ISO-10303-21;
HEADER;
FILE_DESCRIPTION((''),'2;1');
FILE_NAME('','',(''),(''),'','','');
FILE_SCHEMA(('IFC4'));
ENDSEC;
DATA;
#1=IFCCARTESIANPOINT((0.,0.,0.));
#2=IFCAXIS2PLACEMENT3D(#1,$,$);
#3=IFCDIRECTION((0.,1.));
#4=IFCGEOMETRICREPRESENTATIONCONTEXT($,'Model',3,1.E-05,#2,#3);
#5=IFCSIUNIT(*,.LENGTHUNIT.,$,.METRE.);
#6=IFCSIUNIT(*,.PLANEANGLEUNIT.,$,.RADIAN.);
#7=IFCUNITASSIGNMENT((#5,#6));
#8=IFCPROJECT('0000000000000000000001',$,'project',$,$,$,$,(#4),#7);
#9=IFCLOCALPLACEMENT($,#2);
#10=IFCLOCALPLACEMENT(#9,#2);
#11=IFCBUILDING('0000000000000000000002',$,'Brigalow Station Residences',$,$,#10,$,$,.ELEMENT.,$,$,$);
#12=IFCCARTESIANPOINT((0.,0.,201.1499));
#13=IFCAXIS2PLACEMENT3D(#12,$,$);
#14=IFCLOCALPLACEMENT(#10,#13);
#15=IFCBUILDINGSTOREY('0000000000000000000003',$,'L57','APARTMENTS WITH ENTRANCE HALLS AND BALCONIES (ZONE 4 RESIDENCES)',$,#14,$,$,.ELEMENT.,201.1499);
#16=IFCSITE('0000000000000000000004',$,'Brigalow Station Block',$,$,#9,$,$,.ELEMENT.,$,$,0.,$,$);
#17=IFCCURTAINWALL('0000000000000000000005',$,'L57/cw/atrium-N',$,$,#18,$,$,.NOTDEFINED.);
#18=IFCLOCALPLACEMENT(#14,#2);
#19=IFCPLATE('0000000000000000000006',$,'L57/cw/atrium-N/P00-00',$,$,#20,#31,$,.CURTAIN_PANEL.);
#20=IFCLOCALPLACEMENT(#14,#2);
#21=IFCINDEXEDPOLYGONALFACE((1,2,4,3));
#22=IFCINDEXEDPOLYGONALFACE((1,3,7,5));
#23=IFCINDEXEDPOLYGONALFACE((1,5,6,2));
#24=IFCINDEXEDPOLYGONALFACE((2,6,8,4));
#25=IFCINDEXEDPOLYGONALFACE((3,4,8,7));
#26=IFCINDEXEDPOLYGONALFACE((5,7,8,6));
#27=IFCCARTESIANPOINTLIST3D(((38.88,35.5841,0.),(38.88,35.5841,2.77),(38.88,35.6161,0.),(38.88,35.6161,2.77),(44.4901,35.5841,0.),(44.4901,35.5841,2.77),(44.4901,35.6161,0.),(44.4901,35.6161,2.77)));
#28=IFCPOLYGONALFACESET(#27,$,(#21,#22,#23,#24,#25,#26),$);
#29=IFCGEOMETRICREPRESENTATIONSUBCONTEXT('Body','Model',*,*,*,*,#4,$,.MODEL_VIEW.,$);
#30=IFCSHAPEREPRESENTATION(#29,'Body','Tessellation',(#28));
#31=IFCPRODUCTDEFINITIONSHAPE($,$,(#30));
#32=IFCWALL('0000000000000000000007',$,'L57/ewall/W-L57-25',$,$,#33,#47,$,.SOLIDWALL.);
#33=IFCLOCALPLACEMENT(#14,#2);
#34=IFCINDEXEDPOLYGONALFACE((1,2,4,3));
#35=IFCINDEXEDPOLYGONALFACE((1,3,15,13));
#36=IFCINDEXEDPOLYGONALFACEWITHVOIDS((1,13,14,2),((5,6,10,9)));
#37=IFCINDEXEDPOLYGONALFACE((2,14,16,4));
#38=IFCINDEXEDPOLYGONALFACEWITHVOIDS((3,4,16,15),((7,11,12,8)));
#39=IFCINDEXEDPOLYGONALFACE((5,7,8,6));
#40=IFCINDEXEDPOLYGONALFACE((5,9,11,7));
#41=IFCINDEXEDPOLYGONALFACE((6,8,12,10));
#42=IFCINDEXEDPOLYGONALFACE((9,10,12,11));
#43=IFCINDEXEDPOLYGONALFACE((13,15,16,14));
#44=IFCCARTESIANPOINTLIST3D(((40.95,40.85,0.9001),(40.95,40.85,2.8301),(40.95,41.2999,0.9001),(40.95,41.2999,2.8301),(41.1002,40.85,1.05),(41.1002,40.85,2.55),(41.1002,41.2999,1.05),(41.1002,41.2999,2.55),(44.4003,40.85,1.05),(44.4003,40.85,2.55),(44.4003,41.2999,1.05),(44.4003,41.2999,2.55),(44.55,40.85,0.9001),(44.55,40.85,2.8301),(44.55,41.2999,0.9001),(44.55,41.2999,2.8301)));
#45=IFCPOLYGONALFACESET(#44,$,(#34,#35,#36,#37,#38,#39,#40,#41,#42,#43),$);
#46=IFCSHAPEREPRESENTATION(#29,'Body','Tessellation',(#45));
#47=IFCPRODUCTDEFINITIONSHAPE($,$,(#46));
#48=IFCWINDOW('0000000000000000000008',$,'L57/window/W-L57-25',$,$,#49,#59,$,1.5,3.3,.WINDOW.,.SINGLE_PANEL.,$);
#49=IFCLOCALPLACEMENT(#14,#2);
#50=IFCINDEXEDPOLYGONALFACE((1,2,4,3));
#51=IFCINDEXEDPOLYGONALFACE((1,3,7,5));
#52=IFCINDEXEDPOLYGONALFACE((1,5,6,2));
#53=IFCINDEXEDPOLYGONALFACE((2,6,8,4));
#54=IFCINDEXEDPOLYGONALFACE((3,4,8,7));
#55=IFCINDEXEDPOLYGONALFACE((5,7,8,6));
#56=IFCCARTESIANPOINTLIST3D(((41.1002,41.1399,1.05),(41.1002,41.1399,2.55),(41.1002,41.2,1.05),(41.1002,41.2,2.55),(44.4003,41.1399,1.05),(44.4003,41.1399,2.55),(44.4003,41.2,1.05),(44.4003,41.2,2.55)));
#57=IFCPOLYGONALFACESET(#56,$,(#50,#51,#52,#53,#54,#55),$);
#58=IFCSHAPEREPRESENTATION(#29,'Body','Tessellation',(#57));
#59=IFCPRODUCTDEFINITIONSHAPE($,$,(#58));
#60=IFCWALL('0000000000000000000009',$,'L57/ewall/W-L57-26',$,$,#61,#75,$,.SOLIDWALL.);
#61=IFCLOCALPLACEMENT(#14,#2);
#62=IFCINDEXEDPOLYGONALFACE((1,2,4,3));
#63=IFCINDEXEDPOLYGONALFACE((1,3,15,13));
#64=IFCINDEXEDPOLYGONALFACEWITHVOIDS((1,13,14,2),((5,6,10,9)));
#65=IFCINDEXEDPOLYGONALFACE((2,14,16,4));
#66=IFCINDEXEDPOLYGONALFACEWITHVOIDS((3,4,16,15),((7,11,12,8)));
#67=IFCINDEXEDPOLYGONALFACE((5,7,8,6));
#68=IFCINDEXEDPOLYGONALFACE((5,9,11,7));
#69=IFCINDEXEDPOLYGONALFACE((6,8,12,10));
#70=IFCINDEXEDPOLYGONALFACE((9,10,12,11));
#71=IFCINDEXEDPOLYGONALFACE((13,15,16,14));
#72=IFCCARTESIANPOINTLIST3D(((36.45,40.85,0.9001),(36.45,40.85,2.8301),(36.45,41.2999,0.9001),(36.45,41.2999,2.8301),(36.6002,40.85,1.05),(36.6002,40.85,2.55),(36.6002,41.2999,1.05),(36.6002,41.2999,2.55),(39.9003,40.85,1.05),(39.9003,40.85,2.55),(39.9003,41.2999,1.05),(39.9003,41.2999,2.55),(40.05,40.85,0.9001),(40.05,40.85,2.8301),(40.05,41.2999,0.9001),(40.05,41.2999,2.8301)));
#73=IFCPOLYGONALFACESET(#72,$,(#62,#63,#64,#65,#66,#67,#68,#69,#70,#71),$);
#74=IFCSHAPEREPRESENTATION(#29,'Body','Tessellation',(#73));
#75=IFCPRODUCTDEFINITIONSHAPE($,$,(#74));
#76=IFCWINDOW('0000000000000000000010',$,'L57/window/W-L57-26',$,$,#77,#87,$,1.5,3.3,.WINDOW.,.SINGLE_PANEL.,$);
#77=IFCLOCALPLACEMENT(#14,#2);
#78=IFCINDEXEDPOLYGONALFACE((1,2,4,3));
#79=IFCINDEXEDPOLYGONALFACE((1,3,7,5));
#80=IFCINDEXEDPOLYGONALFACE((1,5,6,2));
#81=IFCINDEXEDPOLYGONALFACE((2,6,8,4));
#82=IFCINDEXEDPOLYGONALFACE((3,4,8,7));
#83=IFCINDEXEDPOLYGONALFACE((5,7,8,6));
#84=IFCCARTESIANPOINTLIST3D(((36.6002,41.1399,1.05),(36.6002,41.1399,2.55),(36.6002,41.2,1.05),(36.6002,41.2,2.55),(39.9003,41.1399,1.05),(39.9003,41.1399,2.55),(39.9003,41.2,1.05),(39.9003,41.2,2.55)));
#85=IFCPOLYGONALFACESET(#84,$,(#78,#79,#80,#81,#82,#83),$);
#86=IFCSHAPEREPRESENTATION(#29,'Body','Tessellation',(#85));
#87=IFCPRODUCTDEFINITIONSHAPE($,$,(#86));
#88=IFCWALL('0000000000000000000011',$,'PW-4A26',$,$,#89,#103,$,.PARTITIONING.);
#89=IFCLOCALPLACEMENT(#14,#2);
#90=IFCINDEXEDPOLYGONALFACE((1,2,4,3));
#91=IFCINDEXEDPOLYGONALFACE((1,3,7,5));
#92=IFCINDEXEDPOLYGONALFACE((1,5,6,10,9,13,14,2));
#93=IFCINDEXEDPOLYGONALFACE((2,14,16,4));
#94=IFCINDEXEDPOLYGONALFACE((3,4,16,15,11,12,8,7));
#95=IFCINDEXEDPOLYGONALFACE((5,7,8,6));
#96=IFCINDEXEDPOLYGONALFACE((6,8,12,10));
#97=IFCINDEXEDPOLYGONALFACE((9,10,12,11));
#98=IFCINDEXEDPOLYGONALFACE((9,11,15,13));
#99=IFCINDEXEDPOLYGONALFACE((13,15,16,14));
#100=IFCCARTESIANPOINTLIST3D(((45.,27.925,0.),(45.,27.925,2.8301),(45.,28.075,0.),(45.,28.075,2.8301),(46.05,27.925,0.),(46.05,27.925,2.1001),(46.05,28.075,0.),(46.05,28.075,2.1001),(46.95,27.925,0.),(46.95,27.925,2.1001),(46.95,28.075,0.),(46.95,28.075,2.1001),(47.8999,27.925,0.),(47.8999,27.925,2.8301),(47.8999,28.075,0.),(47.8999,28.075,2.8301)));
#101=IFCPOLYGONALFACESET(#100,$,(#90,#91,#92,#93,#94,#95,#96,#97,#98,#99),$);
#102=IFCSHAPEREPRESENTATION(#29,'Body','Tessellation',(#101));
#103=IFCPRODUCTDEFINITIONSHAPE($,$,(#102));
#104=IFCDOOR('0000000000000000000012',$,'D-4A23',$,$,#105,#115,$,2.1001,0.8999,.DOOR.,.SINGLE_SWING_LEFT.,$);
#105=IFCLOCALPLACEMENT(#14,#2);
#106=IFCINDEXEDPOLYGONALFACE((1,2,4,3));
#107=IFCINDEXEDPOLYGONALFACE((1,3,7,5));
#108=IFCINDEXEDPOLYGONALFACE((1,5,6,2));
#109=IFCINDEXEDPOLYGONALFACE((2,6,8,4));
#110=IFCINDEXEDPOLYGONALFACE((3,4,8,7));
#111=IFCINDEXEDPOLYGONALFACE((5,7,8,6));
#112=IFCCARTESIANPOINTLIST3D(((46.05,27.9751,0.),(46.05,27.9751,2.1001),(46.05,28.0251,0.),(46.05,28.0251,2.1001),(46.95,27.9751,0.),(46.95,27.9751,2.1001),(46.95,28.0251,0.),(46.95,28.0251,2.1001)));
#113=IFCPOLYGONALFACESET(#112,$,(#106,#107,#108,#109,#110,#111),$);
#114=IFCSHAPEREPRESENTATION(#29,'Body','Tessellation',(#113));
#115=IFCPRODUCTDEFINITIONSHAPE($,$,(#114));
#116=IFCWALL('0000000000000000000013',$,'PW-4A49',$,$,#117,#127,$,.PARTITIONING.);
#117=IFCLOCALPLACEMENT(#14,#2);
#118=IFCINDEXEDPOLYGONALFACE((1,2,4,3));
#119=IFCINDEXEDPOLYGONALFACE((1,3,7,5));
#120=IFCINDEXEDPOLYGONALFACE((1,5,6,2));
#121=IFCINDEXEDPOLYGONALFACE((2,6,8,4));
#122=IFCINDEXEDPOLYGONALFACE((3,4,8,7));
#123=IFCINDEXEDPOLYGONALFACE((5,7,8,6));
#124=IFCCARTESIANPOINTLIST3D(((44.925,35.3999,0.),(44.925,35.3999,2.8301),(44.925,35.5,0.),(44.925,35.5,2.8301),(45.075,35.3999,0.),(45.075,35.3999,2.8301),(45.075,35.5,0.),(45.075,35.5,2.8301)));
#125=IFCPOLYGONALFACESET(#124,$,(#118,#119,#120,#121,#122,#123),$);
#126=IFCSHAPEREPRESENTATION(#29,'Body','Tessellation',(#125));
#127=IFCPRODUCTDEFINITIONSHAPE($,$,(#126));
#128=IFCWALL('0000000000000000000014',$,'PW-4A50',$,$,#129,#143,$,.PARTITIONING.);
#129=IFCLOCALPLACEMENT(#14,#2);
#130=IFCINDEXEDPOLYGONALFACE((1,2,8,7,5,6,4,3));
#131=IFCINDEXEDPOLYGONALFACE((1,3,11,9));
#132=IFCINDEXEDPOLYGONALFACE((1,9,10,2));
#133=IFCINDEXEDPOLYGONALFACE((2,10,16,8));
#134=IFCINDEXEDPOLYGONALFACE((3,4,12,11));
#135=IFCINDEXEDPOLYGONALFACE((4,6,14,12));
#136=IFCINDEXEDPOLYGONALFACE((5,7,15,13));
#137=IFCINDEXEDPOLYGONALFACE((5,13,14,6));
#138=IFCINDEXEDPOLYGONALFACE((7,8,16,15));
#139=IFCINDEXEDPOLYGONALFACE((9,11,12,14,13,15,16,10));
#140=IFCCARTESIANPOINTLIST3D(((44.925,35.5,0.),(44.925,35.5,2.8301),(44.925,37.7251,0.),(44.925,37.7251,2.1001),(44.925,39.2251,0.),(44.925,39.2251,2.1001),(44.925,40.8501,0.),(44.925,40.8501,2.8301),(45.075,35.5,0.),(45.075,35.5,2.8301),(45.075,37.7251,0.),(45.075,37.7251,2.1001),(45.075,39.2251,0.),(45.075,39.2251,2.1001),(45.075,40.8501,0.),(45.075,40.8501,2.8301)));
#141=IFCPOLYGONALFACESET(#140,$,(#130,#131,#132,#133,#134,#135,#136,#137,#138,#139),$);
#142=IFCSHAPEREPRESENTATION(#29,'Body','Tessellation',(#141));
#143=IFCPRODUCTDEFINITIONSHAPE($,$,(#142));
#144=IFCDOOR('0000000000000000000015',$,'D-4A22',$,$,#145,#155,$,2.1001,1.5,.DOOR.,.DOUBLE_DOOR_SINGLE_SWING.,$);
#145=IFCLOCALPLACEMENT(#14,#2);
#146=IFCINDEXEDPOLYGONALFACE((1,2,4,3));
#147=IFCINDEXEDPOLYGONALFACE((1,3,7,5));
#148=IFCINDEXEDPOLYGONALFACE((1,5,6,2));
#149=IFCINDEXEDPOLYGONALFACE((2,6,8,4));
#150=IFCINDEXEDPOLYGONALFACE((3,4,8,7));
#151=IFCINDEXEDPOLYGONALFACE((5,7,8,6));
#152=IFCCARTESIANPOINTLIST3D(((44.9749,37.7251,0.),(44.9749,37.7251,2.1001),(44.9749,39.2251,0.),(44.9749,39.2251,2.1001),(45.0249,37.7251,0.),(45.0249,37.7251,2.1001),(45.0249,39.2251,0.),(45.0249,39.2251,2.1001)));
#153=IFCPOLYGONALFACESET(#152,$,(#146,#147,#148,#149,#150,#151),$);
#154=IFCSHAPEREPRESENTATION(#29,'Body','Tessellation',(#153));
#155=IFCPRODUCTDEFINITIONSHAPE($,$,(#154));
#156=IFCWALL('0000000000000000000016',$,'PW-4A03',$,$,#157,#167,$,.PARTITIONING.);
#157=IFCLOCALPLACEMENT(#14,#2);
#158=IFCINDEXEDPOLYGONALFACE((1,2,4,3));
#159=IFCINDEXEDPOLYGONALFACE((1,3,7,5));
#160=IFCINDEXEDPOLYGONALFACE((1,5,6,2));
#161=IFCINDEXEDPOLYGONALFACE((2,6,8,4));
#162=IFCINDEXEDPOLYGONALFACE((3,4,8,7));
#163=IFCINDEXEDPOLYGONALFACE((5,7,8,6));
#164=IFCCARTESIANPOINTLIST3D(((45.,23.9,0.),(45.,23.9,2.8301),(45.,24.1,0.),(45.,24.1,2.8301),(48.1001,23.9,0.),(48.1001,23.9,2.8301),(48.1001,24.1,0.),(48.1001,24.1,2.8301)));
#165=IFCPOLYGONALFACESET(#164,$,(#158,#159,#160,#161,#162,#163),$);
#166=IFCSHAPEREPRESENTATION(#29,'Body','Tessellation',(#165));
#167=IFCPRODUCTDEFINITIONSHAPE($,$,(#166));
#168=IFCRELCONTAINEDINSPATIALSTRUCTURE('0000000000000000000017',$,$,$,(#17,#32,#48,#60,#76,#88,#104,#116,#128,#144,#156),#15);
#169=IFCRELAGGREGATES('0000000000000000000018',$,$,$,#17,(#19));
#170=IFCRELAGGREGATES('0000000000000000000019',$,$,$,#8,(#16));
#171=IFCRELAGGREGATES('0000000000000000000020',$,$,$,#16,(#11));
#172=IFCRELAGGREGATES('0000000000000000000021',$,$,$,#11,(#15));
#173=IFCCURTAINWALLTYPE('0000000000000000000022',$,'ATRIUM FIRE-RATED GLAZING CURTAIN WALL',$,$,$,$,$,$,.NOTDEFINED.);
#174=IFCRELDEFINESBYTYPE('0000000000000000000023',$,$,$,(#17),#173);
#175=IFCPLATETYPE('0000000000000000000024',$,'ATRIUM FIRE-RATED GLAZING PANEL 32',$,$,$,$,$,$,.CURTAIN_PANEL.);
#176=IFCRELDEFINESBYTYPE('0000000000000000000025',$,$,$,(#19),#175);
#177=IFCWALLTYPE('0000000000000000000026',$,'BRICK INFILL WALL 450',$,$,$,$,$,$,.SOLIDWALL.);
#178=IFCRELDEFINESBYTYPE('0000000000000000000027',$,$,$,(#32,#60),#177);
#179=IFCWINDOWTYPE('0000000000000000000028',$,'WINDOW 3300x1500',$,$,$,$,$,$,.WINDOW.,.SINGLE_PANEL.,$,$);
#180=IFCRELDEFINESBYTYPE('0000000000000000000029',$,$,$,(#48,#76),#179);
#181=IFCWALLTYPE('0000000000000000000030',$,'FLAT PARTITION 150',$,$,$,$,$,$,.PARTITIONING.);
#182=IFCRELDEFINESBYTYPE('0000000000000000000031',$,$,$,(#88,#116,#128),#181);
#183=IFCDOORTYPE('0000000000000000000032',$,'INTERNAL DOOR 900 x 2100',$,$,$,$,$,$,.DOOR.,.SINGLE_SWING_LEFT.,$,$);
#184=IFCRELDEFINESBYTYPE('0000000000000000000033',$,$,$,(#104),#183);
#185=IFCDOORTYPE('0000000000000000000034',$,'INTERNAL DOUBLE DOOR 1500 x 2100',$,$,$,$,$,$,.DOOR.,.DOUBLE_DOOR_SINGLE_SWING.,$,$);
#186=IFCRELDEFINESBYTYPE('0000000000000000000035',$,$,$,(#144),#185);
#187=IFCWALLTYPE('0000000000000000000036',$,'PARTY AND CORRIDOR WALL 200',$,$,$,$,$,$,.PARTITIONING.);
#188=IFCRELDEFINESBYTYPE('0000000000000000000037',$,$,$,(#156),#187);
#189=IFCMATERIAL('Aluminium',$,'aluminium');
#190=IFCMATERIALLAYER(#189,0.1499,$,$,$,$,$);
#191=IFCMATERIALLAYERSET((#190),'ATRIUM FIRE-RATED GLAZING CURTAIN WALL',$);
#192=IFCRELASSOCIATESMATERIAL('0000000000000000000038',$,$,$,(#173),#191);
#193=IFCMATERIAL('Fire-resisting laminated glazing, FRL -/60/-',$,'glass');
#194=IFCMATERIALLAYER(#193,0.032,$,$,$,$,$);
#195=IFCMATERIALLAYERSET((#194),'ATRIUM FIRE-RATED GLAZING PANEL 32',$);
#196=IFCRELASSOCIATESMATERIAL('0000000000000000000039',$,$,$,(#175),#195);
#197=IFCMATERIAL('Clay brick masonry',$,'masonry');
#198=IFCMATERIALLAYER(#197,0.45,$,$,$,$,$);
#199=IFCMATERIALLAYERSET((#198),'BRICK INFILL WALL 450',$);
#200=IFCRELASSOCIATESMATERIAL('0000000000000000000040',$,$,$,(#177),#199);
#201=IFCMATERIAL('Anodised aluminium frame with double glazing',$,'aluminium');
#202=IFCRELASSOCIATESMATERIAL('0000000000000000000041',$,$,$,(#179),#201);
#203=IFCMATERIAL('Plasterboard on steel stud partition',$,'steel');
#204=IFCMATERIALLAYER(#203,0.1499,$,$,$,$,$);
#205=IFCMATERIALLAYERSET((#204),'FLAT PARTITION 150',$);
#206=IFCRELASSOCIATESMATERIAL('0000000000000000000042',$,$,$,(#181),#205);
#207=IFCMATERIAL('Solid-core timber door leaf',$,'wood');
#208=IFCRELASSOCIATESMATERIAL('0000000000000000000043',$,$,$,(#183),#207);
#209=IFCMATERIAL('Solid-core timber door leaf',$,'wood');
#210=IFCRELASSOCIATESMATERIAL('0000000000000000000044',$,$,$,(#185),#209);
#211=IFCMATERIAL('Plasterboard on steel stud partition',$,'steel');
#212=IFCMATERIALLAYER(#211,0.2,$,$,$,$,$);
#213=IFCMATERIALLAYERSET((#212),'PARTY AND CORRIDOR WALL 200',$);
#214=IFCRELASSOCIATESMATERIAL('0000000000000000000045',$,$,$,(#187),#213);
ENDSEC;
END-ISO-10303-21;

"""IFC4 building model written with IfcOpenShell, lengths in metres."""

from ifc_helpers import new_model, si_unit, direction, frame, frame_2d, origin, origin_2d, place, context, subcontext, project, spatial, rectangle, extrude, material, layer, layer_set, type_object, element, fill, aggregate, save


model = new_model("IFC4")

# Units and contexts
model_context = context("Model", 3, precision=1e-05, world=origin(), true_north=direction((0.0, 1.0)))
body_context = subcontext(model_context, "Body", "Model", "MODEL_VIEW")
ifc_project = project(units=[si_unit("LENGTHUNIT", "METRE"), si_unit("PLANEANGLEUNIT", "RADIAN")], contexts=[model_context])

# Site, building, storey
site_placement = place(None, origin())
site = spatial("IfcSite", under=ifc_project, at=site_placement, Name="Brigalow Station Block", CompositionType="ELEMENT", RefElevation=0.0)
building_placement = place(site_placement, origin())
building = spatial("IfcBuilding", under=site, at=building_placement, Name="Brigalow Station Residences", CompositionType="ELEMENT")
storey_placement = place(building_placement, frame((0.0, 0.0, 201.1499)))
storey = spatial("IfcBuildingStorey", under=building, at=storey_placement, Name="L57", Description="APARTMENTS WITH ENTRANCE HALLS AND BALCONIES (ZONE 4 RESIDENCES)", CompositionType="ELEMENT", Elevation=201.1499)

# Curtain wall
ifc_material_1 = material(Name="Aluminium", Category="aluminium")
ifc_layer_1 = layer(ifc_material_1, 0.1499)
ifc_layer_set_1 = layer_set([ifc_layer_1], Name="ATRIUM FIRE-RATED GLAZING CURTAIN WALL")
curtain_wall_type = type_object("IfcCurtainWallType", Name="ATRIUM FIRE-RATED GLAZING CURTAIN WALL", PredefinedType="NOTDEFINED", material=ifc_layer_set_1)
curtain_wall_1_placement = place(storey_placement, origin())
curtain_wall_1 = element("IfcCurtainWall", 1, at=curtain_wall_1_placement, inside=storey, type_object=curtain_wall_type, Name="L57/cw/atrium-N", PredefinedType="NOTDEFINED")

# Plate
ifc_material_2 = material(Name="Fire-resisting laminated glazing, FRL -/60/-", Category="glass")
ifc_layer_2 = layer(ifc_material_2, 0.032)
ifc_layer_set_2 = layer_set([ifc_layer_2], Name="ATRIUM FIRE-RATED GLAZING PANEL 32")
plate_type = type_object("IfcPlateType", Name="ATRIUM FIRE-RATED GLAZING PANEL 32", PredefinedType="CURTAIN_PANEL", material=ifc_layer_set_2)
plate_1_placement = place(storey_placement, frame((41.6851, 35.6001, 0.0), z_axis=(0.0, 0.0, 1.0), x_axis=(-1.0, 0.0, 0.0)))
plate_1 = element("IfcPlate", 2, at=plate_1_placement, type_object=plate_type, Name="L57/cw/atrium-N/P00-00", PredefinedType="CURTAIN_PANEL", context=body_context, shape_type="SweptSolid", body=[
    extrude(rectangle(XDim=5.6101, YDim=0.032, at=origin_2d()), origin(), (0.0, 0.0, 1.0), 2.77),
])
aggregate(curtain_wall_1, [plate_1])

# Walls, openings, windows
ifc_material_3 = material(Name="Clay brick masonry", Category="masonry")
ifc_layer_3 = layer(ifc_material_3, 0.45)
ifc_layer_set_3 = layer_set([ifc_layer_3], Name="BRICK INFILL WALL 450")
wall_type_1 = type_object("IfcWallType", Name="BRICK INFILL WALL 450", PredefinedType="SOLIDWALL", material=ifc_layer_set_3)
wall_1_placement = place(storey_placement, frame((44.55, 41.075, 0.9001), z_axis=(0.0, 0.0, 1.0), x_axis=(-1.0, 0.0, 0.0)))
wall_1 = element("IfcWall", 3, at=wall_1_placement, inside=storey, type_object=wall_type_1, Name="L57/ewall/W-L57-25", PredefinedType="SOLIDWALL", context=body_context, shape_type="SweptSolid", body=[
    extrude(rectangle(XDim=3.6001, YDim=0.45, at=frame_2d((1.8, 0.0))), origin(), (0.0, 0.0, 1.0), 1.9299),
])
opening_1_placement = place(wall_1_placement, frame((0.1499, 0.0, 0.1499)))
opening_1 = element("IfcOpeningElement", 4, at=opening_1_placement, cuts=wall_1, PredefinedType="OPENING", context=body_context, shape_type="SweptSolid", body=[
    extrude(rectangle(XDim=3.3, YDim=1.5, at=frame_2d((1.6499, 0.75))), frame((0.0, 0.2349, 0.0), z_axis=(0.0, -1.0, 0.0), x_axis=(1.0, 0.0, 0.0)), (0.0, 0.0, 1.0), 0.47),
])
ifc_material_4 = material(Name="Anodised aluminium frame with double glazing", Category="aluminium")
window_type = type_object("IfcWindowType", Name="WINDOW 3300x1500", PartitioningType="SINGLE_PANEL", PredefinedType="WINDOW", material=ifc_material_4)
window_1_placement = place(opening_1_placement, origin())
window_1 = element("IfcWindow", 5, at=window_1_placement, inside=storey, type_object=window_type, Name="L57/window/W-L57-25", OverallHeight=1.5, OverallWidth=3.3, PartitioningType="SINGLE_PANEL", PredefinedType="WINDOW", context=body_context, shape_type="SweptSolid", body=[
    extrude(rectangle(XDim=3.3, YDim=1.5, at=frame_2d((1.6499, 0.75))), frame((0.0, -0.0649, 0.0), z_axis=(0.0, -1.0, 0.0), x_axis=(1.0, 0.0, 0.0)), (0.0, 0.0, 1.0), 0.0601),
])
fill(opening_1, window_1)
wall_2_placement = place(storey_placement, frame((40.05, 41.075, 0.9001), z_axis=(0.0, 0.0, 1.0), x_axis=(-1.0, 0.0, 0.0)))
wall_2 = element("IfcWall", 6, at=wall_2_placement, inside=storey, type_object=wall_type_1, Name="L57/ewall/W-L57-26", PredefinedType="SOLIDWALL", context=body_context, shape_type="SweptSolid", body=[
    extrude(rectangle(XDim=3.6001, YDim=0.45, at=frame_2d((1.8, 0.0))), origin(), (0.0, 0.0, 1.0), 1.9299),
])
opening_2_placement = place(wall_2_placement, frame((0.1499, 0.0, 0.1499)))
opening_2 = element("IfcOpeningElement", 7, at=opening_2_placement, cuts=wall_2, PredefinedType="OPENING", context=body_context, shape_type="SweptSolid", body=[
    extrude(rectangle(XDim=3.3, YDim=1.5, at=frame_2d((1.6499, 0.75))), frame((0.0, 0.2349, 0.0), z_axis=(0.0, -1.0, 0.0), x_axis=(1.0, 0.0, 0.0)), (0.0, 0.0, 1.0), 0.47),
])
window_2_placement = place(opening_2_placement, origin())
window_2 = element("IfcWindow", 8, at=window_2_placement, inside=storey, type_object=window_type, Name="L57/window/W-L57-26", OverallHeight=1.5, OverallWidth=3.3, PartitioningType="SINGLE_PANEL", PredefinedType="WINDOW", context=body_context, shape_type="SweptSolid", body=[
    extrude(rectangle(XDim=3.3, YDim=1.5, at=frame_2d((1.6499, 0.75))), frame((0.0, -0.0649, 0.0), z_axis=(0.0, -1.0, 0.0), x_axis=(1.0, 0.0, 0.0)), (0.0, 0.0, 1.0), 0.0601),
])
fill(opening_2, window_2)

# Wall, opening, door
ifc_material_5 = material(Name="Plasterboard on steel stud partition", Category="steel")
ifc_layer_4 = layer(ifc_material_5, 0.1499)
ifc_layer_set_4 = layer_set([ifc_layer_4], Name="FLAT PARTITION 150")
wall_type_2 = type_object("IfcWallType", Name="FLAT PARTITION 150", PredefinedType="PARTITIONING", material=ifc_layer_set_4)
wall_3_placement = place(storey_placement, frame((45.0, 28.0, 0.0), z_axis=(0.0, 0.0, 1.0), x_axis=(1.0, 0.0, 0.0)))
wall_3 = element("IfcWall", 9, at=wall_3_placement, inside=storey, type_object=wall_type_2, Name="PW-4A26", PredefinedType="PARTITIONING", context=body_context, shape_type="SweptSolid", body=[
    extrude(rectangle(XDim=2.8999, YDim=0.1499, at=frame_2d((1.45, 0.0))), origin(), (0.0, 0.0, 1.0), 2.8301),
])
opening_3_placement = place(wall_3_placement, frame((1.05, 0.0, 0.0)))
opening_3 = element("IfcOpeningElement", 10, at=opening_3_placement, cuts=wall_3, PredefinedType="OPENING", context=body_context, shape_type="SweptSolid", body=[
    extrude(rectangle(XDim=0.8999, YDim=2.1001, at=frame_2d((0.45, 1.05))), frame((0.0, 0.085, 0.0), z_axis=(0.0, -1.0, 0.0), x_axis=(1.0, 0.0, 0.0)), (0.0, 0.0, 1.0), 0.1699),
])
ifc_material_6 = material(Name="Solid-core timber door leaf", Category="wood")
door_type_1 = type_object("IfcDoorType", Name="INTERNAL DOOR 900 x 2100", OperationType="SINGLE_SWING_LEFT", PredefinedType="DOOR", material=ifc_material_6)
door_1_placement = place(opening_3_placement, frame((0.8999, 0.0, 0.0), z_axis=(0.0, 0.0, 1.0), x_axis=(-1.0, 0.0, 0.0)))
door_1 = element("IfcDoor", 11, at=door_1_placement, inside=storey, type_object=door_type_1, Name="D-4A23", OperationType="SINGLE_SWING_LEFT", OverallHeight=2.1001, OverallWidth=0.8999, PredefinedType="DOOR", context=body_context, shape_type="SweptSolid", body=[
    extrude(rectangle(XDim=0.8999, YDim=2.1001, at=frame_2d((0.45, 1.05))), frame((0.0, 0.0249, 0.0), z_axis=(0.0, -1.0, 0.0), x_axis=(1.0, 0.0, 0.0)), (0.0, 0.0, 1.0), 0.05),
])
fill(opening_3, door_1)

# Wall
wall_4_placement = place(storey_placement, frame((45.0, 35.3999, 0.0), z_axis=(0.0, 0.0, 1.0), x_axis=(0.0, 1.0, 0.0)))
element("IfcWall", 12, at=wall_4_placement, inside=storey, type_object=wall_type_2, Name="PW-4A49", PredefinedType="PARTITIONING", context=body_context, shape_type="SweptSolid", body=[
    extrude(rectangle(XDim=0.1001, YDim=0.1499, at=frame_2d((0.05, 0.0))), origin(), (0.0, 0.0, 1.0), 2.8301),
])

# Wall, opening, door
wall_5_placement = place(storey_placement, frame((45.0, 35.5, 0.0), z_axis=(0.0, 0.0, 1.0), x_axis=(0.0, 1.0, 0.0)))
wall_5 = element("IfcWall", 13, at=wall_5_placement, inside=storey, type_object=wall_type_2, Name="PW-4A50", PredefinedType="PARTITIONING", context=body_context, shape_type="SweptSolid", body=[
    extrude(rectangle(XDim=5.3501, YDim=0.1499, at=frame_2d((2.675, 0.0))), origin(), (0.0, 0.0, 1.0), 2.8301),
])
opening_4_placement = place(wall_5_placement, frame((2.2251, 0.0, 0.0)))
opening_4 = element("IfcOpeningElement", 14, at=opening_4_placement, cuts=wall_5, PredefinedType="OPENING", context=body_context, shape_type="SweptSolid", body=[
    extrude(rectangle(XDim=1.5, YDim=2.1001, at=frame_2d((0.75, 1.05))), frame((0.0, 0.085, 0.0), z_axis=(0.0, -1.0, 0.0), x_axis=(1.0, 0.0, 0.0)), (0.0, 0.0, 1.0), 0.1699),
])
ifc_material_7 = material(Name="Solid-core timber door leaf", Category="wood")
door_type_2 = type_object("IfcDoorType", Name="INTERNAL DOUBLE DOOR 1500 x 2100", OperationType="DOUBLE_DOOR_SINGLE_SWING", PredefinedType="DOOR", material=ifc_material_7)
door_2_placement = place(opening_4_placement, frame((1.5, 0.0, 0.0), z_axis=(0.0, 0.0, 1.0), x_axis=(-1.0, 0.0, 0.0)))
door_2 = element("IfcDoor", 15, at=door_2_placement, inside=storey, type_object=door_type_2, Name="D-4A22", OperationType="DOUBLE_DOOR_SINGLE_SWING", OverallHeight=2.1001, OverallWidth=1.5, PredefinedType="DOOR", context=body_context, shape_type="SweptSolid", body=[
    extrude(rectangle(XDim=1.5, YDim=2.1001, at=frame_2d((0.75, 1.05))), frame((0.0, 0.0249, 0.0), z_axis=(0.0, -1.0, 0.0), x_axis=(1.0, 0.0, 0.0)), (0.0, 0.0, 1.0), 0.05),
])
fill(opening_4, door_2)

# Wall
ifc_material_8 = material(Name="Plasterboard on steel stud partition", Category="steel")
ifc_layer_5 = layer(ifc_material_8, 0.2)
ifc_layer_set_5 = layer_set([ifc_layer_5], Name="PARTY AND CORRIDOR WALL 200")
wall_type_3 = type_object("IfcWallType", Name="PARTY AND CORRIDOR WALL 200", PredefinedType="PARTITIONING", material=ifc_layer_set_5)
wall_6_placement = place(storey_placement, frame((45.0, 24.0, 0.0), z_axis=(0.0, 0.0, 1.0), x_axis=(1.0, 0.0, 0.0)))
element("IfcWall", 16, at=wall_6_placement, inside=storey, type_object=wall_type_3, Name="PW-4A03", PredefinedType="PARTITIONING", context=body_context, shape_type="SweptSolid", body=[
    extrude(rectangle(XDim=3.1001, YDim=0.2, at=frame_2d((1.55, 0.0))), origin(), (0.0, 0.0, 1.0), 2.8301),
])

save(model, "model.ifc")
